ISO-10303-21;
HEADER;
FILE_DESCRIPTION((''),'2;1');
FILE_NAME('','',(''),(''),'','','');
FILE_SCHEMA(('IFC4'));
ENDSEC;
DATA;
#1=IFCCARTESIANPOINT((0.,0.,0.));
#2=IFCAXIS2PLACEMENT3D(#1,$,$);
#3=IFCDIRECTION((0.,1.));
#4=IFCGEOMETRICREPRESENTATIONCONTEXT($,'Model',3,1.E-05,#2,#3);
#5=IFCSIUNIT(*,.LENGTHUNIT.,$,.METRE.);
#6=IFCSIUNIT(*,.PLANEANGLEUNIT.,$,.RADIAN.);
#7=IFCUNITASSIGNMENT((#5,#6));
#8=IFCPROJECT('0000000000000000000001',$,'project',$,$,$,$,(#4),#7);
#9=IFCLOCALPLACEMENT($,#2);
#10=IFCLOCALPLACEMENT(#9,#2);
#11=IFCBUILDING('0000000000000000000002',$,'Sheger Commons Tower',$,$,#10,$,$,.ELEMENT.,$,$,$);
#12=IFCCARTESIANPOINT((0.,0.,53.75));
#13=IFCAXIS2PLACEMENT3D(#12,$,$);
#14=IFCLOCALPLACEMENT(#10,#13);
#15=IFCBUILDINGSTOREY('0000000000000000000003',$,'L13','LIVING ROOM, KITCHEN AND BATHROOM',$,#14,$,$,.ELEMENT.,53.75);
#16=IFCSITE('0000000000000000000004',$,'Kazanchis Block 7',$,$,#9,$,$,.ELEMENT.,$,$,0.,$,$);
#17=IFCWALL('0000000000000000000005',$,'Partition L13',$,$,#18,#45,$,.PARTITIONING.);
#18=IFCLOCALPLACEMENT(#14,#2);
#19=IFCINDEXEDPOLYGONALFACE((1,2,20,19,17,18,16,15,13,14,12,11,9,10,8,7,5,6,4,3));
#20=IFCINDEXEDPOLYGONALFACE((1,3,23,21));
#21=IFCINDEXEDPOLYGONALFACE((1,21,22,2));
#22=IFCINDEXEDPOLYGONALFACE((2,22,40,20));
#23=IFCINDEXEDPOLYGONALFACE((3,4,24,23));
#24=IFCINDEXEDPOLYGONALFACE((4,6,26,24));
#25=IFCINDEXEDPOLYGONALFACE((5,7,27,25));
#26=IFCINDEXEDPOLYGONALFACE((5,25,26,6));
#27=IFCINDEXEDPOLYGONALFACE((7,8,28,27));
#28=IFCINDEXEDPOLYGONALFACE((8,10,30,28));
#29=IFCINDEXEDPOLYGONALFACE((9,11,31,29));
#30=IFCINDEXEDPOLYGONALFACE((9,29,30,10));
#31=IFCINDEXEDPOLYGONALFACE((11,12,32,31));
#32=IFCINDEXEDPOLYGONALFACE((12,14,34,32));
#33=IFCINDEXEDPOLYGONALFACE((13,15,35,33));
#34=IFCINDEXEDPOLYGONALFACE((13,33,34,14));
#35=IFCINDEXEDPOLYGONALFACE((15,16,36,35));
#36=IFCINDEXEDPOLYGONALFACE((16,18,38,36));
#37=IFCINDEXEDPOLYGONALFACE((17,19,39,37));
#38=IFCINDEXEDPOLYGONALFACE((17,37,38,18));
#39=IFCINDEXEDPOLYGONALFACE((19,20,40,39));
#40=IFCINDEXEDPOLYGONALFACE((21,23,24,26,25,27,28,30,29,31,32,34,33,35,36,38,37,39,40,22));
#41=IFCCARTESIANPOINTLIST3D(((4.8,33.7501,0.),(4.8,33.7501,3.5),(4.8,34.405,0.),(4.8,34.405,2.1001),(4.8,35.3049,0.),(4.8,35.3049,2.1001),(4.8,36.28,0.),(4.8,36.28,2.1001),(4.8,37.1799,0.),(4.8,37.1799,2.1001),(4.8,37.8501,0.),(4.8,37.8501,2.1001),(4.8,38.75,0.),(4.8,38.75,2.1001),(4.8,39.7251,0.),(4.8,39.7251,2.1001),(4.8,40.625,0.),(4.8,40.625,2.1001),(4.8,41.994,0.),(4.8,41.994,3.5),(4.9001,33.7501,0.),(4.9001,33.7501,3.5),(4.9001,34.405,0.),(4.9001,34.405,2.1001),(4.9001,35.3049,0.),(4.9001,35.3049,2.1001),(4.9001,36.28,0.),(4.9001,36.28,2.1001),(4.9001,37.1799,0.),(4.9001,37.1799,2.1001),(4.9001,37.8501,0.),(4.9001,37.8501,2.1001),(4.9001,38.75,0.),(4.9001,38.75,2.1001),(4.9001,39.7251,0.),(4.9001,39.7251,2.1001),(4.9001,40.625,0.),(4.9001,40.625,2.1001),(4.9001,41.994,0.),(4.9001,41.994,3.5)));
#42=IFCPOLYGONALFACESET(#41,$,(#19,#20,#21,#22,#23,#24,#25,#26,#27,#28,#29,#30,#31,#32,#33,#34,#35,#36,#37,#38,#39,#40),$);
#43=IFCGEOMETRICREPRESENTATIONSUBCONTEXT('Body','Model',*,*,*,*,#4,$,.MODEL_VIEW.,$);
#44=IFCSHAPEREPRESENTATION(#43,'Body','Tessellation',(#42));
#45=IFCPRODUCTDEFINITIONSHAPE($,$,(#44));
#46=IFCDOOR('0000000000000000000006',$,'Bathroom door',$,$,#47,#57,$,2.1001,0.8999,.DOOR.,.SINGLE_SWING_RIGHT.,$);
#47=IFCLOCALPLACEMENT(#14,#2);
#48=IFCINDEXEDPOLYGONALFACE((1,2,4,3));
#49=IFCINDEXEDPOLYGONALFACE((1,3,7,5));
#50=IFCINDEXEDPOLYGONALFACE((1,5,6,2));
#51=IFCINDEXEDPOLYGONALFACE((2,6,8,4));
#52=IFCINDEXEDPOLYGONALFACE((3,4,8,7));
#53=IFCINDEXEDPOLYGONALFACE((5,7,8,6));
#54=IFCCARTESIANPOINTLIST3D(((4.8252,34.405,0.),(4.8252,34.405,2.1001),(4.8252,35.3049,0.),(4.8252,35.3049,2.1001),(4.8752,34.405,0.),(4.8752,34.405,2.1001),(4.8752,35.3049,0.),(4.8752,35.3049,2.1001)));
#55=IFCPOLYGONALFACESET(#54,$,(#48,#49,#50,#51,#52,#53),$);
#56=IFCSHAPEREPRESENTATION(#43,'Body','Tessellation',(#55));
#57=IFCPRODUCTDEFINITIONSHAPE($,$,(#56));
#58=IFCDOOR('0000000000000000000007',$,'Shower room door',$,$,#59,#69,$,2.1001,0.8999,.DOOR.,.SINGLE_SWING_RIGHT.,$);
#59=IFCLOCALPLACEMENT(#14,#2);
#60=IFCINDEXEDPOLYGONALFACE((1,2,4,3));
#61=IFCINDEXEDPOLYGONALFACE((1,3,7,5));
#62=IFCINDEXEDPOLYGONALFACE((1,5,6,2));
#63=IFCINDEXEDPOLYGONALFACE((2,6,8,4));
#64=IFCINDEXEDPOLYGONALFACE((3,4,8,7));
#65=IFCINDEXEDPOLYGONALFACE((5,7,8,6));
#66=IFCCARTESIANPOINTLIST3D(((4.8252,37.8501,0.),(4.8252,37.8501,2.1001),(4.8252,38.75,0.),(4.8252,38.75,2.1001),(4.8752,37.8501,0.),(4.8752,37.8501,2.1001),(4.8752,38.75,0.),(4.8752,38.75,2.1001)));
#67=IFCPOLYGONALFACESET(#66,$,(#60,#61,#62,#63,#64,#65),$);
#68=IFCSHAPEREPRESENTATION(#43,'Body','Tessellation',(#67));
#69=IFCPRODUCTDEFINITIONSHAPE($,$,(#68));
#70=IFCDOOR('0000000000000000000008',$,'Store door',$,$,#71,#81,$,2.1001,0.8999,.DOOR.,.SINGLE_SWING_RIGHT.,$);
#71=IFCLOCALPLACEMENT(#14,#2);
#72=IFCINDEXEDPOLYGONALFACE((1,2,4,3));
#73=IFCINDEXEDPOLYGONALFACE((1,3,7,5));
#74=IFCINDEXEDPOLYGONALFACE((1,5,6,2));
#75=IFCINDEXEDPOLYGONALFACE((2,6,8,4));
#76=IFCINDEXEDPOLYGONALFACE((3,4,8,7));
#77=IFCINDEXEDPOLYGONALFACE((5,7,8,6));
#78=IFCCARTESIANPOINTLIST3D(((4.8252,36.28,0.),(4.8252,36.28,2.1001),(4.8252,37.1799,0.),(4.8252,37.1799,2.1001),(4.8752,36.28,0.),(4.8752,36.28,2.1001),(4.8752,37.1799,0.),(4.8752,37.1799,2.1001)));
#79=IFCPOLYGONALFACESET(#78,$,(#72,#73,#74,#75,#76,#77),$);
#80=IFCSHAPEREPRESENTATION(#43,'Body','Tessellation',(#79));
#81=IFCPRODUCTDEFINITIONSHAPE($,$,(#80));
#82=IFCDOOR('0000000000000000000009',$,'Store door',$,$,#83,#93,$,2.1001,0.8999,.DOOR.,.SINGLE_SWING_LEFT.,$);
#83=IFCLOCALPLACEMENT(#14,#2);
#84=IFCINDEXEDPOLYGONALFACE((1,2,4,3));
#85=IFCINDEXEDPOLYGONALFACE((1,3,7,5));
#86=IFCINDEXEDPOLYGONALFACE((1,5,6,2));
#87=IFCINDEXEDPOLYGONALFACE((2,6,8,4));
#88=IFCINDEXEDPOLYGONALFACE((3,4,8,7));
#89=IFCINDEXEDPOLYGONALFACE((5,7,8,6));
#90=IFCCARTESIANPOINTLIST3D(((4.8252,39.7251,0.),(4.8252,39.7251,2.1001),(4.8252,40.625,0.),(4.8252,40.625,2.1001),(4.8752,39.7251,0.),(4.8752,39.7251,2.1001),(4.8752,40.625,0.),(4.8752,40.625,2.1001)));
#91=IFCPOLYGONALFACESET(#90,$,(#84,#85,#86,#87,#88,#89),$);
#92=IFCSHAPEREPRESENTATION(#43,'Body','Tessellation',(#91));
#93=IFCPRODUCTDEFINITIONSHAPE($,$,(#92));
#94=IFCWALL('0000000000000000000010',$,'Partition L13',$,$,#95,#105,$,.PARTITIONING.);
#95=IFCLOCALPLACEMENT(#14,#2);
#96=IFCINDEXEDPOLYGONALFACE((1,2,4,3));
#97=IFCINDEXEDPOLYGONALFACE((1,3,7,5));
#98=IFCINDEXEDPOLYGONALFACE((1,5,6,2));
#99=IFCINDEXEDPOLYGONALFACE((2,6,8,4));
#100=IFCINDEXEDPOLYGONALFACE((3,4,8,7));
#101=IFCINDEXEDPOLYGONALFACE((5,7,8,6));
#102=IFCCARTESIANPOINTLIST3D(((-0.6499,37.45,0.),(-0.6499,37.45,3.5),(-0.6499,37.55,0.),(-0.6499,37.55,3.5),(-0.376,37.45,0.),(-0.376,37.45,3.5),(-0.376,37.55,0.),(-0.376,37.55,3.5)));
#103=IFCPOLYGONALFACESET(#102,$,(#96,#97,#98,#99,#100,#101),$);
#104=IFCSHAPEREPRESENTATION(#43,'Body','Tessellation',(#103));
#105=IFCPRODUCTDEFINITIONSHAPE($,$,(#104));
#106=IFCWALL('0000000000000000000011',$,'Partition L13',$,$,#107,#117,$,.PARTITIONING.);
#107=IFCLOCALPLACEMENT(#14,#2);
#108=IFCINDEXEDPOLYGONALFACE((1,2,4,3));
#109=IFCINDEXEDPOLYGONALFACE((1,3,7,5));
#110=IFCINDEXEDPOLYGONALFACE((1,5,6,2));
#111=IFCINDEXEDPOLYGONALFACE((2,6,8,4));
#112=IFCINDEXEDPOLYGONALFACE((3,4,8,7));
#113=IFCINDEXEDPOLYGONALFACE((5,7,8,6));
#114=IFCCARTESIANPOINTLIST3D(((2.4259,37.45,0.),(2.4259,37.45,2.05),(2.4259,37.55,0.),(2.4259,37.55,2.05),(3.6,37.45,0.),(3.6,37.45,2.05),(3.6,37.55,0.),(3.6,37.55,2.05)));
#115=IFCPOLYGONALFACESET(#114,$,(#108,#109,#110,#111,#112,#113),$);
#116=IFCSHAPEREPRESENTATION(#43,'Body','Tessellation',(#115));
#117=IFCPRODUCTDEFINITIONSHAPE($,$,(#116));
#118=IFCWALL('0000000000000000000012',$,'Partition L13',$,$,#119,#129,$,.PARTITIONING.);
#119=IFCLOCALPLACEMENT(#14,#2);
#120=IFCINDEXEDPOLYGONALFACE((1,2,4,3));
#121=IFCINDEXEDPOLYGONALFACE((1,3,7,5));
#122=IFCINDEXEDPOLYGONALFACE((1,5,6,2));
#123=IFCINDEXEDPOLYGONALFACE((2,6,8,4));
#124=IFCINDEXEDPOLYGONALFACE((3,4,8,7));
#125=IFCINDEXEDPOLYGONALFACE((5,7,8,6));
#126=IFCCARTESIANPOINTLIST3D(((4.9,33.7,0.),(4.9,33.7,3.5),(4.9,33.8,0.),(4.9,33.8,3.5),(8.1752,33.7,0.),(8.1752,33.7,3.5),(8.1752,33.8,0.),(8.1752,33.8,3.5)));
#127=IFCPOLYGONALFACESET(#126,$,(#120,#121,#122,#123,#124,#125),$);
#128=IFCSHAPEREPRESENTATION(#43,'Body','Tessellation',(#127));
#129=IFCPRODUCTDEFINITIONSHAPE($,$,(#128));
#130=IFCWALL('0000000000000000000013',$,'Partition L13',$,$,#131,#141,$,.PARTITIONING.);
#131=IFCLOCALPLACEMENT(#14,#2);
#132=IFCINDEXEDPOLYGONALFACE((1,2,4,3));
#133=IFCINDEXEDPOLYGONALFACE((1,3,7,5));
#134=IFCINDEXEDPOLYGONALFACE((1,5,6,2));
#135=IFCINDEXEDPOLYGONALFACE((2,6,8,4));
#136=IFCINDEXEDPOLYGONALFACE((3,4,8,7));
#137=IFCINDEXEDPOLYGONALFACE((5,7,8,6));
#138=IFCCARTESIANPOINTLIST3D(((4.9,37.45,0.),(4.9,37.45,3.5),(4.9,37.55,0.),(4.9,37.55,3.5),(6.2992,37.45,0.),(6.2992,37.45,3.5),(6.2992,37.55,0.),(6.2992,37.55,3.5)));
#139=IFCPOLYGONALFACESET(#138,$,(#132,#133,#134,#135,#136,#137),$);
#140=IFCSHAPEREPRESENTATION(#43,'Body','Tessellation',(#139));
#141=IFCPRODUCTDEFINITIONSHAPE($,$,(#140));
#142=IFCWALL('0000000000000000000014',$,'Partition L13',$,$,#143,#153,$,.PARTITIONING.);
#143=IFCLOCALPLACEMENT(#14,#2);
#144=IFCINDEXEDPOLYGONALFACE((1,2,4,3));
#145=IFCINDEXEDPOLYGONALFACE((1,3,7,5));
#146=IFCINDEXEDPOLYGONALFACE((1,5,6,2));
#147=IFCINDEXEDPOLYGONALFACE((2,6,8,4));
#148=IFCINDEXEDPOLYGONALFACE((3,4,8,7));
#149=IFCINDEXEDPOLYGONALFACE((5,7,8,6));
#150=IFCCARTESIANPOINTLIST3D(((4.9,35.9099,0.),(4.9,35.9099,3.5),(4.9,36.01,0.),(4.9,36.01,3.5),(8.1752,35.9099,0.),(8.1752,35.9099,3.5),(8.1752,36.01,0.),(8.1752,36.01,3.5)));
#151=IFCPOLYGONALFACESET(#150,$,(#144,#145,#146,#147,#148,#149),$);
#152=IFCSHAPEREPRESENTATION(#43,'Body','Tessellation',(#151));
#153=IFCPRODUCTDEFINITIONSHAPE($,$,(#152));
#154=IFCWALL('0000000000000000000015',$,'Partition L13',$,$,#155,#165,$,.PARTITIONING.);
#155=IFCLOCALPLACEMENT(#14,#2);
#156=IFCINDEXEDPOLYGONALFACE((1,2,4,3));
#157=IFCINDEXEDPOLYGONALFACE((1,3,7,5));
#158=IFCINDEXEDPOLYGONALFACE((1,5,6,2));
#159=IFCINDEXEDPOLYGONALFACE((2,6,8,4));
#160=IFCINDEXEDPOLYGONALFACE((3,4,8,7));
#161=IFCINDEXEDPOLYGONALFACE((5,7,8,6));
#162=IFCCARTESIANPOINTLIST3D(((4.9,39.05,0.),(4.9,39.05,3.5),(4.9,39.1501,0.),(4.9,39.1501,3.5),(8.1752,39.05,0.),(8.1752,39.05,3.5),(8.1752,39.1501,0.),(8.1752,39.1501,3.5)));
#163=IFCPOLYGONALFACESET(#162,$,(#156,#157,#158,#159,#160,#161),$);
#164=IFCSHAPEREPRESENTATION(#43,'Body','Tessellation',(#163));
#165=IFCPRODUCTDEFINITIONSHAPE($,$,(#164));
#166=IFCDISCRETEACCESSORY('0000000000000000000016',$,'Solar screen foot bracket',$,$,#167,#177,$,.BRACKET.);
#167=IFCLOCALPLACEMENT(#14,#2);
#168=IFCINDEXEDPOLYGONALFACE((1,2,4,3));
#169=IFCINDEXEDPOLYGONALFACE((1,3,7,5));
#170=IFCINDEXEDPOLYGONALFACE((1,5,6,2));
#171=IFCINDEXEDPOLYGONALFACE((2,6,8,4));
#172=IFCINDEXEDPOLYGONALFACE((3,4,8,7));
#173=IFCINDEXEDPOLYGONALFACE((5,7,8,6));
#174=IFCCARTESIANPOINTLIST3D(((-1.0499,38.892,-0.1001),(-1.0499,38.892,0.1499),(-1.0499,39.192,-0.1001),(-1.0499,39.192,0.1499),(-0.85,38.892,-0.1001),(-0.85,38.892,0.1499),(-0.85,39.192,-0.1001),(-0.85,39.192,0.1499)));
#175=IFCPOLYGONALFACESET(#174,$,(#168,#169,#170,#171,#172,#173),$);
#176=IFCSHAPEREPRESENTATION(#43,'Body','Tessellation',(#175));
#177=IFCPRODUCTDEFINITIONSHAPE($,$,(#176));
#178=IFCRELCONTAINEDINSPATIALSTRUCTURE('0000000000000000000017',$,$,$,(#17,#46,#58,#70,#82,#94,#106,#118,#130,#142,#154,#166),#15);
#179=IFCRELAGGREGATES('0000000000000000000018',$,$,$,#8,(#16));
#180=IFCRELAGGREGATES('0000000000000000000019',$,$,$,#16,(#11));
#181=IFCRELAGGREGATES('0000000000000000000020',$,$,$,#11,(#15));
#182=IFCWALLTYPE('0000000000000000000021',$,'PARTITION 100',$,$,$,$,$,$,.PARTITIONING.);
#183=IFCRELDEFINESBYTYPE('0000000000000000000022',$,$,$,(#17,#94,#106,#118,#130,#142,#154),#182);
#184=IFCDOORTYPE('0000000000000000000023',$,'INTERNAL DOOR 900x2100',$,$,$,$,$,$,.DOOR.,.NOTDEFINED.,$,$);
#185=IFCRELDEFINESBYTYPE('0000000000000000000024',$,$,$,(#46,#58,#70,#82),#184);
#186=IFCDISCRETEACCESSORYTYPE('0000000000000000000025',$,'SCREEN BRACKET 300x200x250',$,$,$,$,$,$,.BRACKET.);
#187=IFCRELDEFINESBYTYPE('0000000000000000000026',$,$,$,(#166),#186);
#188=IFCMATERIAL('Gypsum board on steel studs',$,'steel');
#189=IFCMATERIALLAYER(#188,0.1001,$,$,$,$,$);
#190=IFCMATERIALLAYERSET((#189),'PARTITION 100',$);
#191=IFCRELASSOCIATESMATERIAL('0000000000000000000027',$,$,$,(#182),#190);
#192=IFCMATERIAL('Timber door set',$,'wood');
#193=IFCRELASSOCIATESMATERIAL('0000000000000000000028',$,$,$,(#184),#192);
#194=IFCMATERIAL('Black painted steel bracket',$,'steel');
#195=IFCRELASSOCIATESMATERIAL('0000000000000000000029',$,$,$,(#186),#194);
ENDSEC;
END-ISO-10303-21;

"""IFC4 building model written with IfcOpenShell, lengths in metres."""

from ifc_helpers import new_model, si_unit, direction, frame, frame_2d, origin, origin_2d, place, context, subcontext, project, spatial, rectangle, extrude, material, layer, layer_set, type_object, element, fill, save


model = new_model("IFC4")

# Units and contexts
model_context = context("Model", 3, precision=1e-05, world=origin(), true_north=direction((0.0, 1.0)))
body_context = subcontext(model_context, "Body", "Model", "MODEL_VIEW")
ifc_project = project(units=[si_unit("LENGTHUNIT", "METRE"), si_unit("PLANEANGLEUNIT", "RADIAN")], contexts=[model_context])

# Site, building, storey
site_placement = place(None, origin())
site = spatial("IfcSite", under=ifc_project, at=site_placement, Name="Kazanchis Block 7", CompositionType="ELEMENT", RefElevation=0.0)
building_placement = place(site_placement, origin())
building = spatial("IfcBuilding", under=site, at=building_placement, Name="Sheger Commons Tower", CompositionType="ELEMENT")
storey_placement = place(building_placement, frame((0.0, 0.0, 53.75)))
storey = spatial("IfcBuildingStorey", under=building, at=storey_placement, Name="L13", Description="LIVING ROOM, KITCHEN AND BATHROOM", CompositionType="ELEMENT", Elevation=53.75)

# Wall, openings, doors
ifc_material_1 = material(Name="Gypsum board on steel studs", Category="steel")
ifc_layer_1 = layer(ifc_material_1, 0.1001)
ifc_layer_set_1 = layer_set([ifc_layer_1], Name="PARTITION 100")
wall_type = type_object("IfcWallType", Name="PARTITION 100", PredefinedType="PARTITIONING", material=ifc_layer_set_1)
ifc_material_2 = material(Name="Timber door set", Category="wood")
door_type = type_object("IfcDoorType", Name="INTERNAL DOOR 900x2100", OperationType="NOTDEFINED", PredefinedType="DOOR", material=ifc_material_2)
wall_1_placement = place(storey_placement, frame((4.8501, 33.75, 0.0), z_axis=(0.0, 0.0, 1.0), x_axis=(0.0, 1.0, 0.0)))
wall_1 = element("IfcWall", 1, at=wall_1_placement, inside=storey, type_object=wall_type, Name="Partition L13", PredefinedType="PARTITIONING", context=body_context, shape_type="SweptSolid", body=[
    extrude(rectangle(XDim=8.2439, YDim=0.1001, at=frame_2d((4.1221, 0.0))), origin(), (0.0, 0.0, 1.0), 3.5),
])
opening_1_placement = place(wall_1_placement, frame((0.655, 0.0, 0.0)))
opening_1 = element("IfcOpeningElement", 2, at=opening_1_placement, cuts=wall_1, PredefinedType="OPENING", context=body_context, shape_type="SweptSolid", body=[
    extrude(rectangle(XDim=0.8999, YDim=2.1001, at=frame_2d((0.45, 1.05))), frame((0.0, 0.0601, 0.0), z_axis=(0.0, -1.0, 0.0), x_axis=(1.0, 0.0, 0.0)), (0.0, 0.0, 1.0), 0.1201),
])
opening_2_placement = place(wall_1_placement, frame((4.1001, 0.0, 0.0)))
opening_2 = element("IfcOpeningElement", 3, at=opening_2_placement, cuts=wall_1, PredefinedType="OPENING", context=body_context, shape_type="SweptSolid", body=[
    extrude(rectangle(XDim=0.8999, YDim=2.1001, at=frame_2d((0.45, 1.05))), frame((0.0, 0.0601, 0.0), z_axis=(0.0, -1.0, 0.0), x_axis=(1.0, 0.0, 0.0)), (0.0, 0.0, 1.0), 0.1201),
])
opening_3_placement = place(wall_1_placement, frame((2.53, 0.0, 0.0)))
opening_3 = element("IfcOpeningElement", 4, at=opening_3_placement, cuts=wall_1, PredefinedType="OPENING", context=body_context, shape_type="SweptSolid", body=[
    extrude(rectangle(XDim=0.8999, YDim=2.1001, at=frame_2d((0.45, 1.05))), frame((0.0, 0.0601, 0.0), z_axis=(0.0, -1.0, 0.0), x_axis=(1.0, 0.0, 0.0)), (0.0, 0.0, 1.0), 0.1201),
])
opening_4_placement = place(wall_1_placement, frame((5.9751, 0.0, 0.0)))
opening_4 = element("IfcOpeningElement", 5, at=opening_4_placement, cuts=wall_1, PredefinedType="OPENING", context=body_context, shape_type="SweptSolid", body=[
    extrude(rectangle(XDim=0.8999, YDim=2.1001, at=frame_2d((0.45, 1.05))), frame((0.0, 0.0601, 0.0), z_axis=(0.0, -1.0, 0.0), x_axis=(1.0, 0.0, 0.0)), (0.0, 0.0, 1.0), 0.1201),
])
door_1_placement = place(opening_1_placement, origin())
door_1 = element("IfcDoor", 6, at=door_1_placement, inside=storey, type_object=door_type, Name="Bathroom door", OperationType="SINGLE_SWING_RIGHT", OverallHeight=2.1001, OverallWidth=0.8999, PredefinedType="DOOR", context=body_context, shape_type="SweptSolid", body=[
    extrude(rectangle(XDim=0.8999, YDim=2.1001, at=frame_2d((0.45, 1.05))), frame((0.0, 0.0249, 0.0), z_axis=(0.0, -1.0, 0.0), x_axis=(1.0, 0.0, 0.0)), (0.0, 0.0, 1.0), 0.05),
])
fill(opening_1, door_1)
door_2_placement = place(opening_2_placement, origin())
door_2 = element("IfcDoor", 7, at=door_2_placement, inside=storey, type_object=door_type, Name="Shower room door", OperationType="SINGLE_SWING_RIGHT", OverallHeight=2.1001, OverallWidth=0.8999, PredefinedType="DOOR", context=body_context, shape_type="SweptSolid", body=[
    extrude(rectangle(XDim=0.8999, YDim=2.1001, at=frame_2d((0.45, 1.05))), frame((0.0, 0.0249, 0.0), z_axis=(0.0, -1.0, 0.0), x_axis=(1.0, 0.0, 0.0)), (0.0, 0.0, 1.0), 0.05),
])
fill(opening_2, door_2)
door_3_placement = place(opening_3_placement, origin())
door_3 = element("IfcDoor", 8, at=door_3_placement, inside=storey, type_object=door_type, Name="Store door", OperationType="SINGLE_SWING_RIGHT", OverallHeight=2.1001, OverallWidth=0.8999, PredefinedType="DOOR", context=body_context, shape_type="SweptSolid", body=[
    extrude(rectangle(XDim=0.8999, YDim=2.1001, at=frame_2d((0.45, 1.05))), frame((0.0, 0.0249, 0.0), z_axis=(0.0, -1.0, 0.0), x_axis=(1.0, 0.0, 0.0)), (0.0, 0.0, 1.0), 0.05),
])
fill(opening_3, door_3)
door_4_placement = place(opening_4_placement, origin())
door_4 = element("IfcDoor", 9, at=door_4_placement, inside=storey, type_object=door_type, Name="Store door", OperationType="SINGLE_SWING_LEFT", OverallHeight=2.1001, OverallWidth=0.8999, PredefinedType="DOOR", context=body_context, shape_type="SweptSolid", body=[
    extrude(rectangle(XDim=0.8999, YDim=2.1001, at=frame_2d((0.45, 1.05))), frame((0.0, 0.0249, 0.0), z_axis=(0.0, -1.0, 0.0), x_axis=(1.0, 0.0, 0.0)), (0.0, 0.0, 1.0), 0.05),
])
fill(opening_4, door_4)

# Walls
wall_2_placement = place(storey_placement, frame((-0.6499, 37.5, 0.0), z_axis=(0.0, 0.0, 1.0), x_axis=(1.0, 0.0, 0.0)))
element("IfcWall", 10, at=wall_2_placement, inside=storey, type_object=wall_type, Name="Partition L13", PredefinedType="PARTITIONING", context=body_context, shape_type="SweptSolid", body=[
    extrude(rectangle(XDim=0.2739, YDim=0.1001, at=frame_2d((0.137, 0.0))), origin(), (0.0, 0.0, 1.0), 3.5),
])
wall_3_placement = place(storey_placement, frame((2.426, 37.5, 0.0), z_axis=(0.0, 0.0, 1.0), x_axis=(1.0, 0.0, 0.0)))
element("IfcWall", 11, at=wall_3_placement, inside=storey, type_object=wall_type, Name="Partition L13", PredefinedType="PARTITIONING", context=body_context, shape_type="SweptSolid", body=[
    extrude(rectangle(XDim=1.1741, YDim=0.1001, at=frame_2d((0.5869, 0.0))), origin(), (0.0, 0.0, 1.0), 2.05),
])
wall_4_placement = place(storey_placement, frame((4.8999, 33.75, 0.0), z_axis=(0.0, 0.0, 1.0), x_axis=(1.0, 0.0, 0.0)))
element("IfcWall", 12, at=wall_4_placement, inside=storey, type_object=wall_type, Name="Partition L13", PredefinedType="PARTITIONING", context=body_context, shape_type="SweptSolid", body=[
    extrude(rectangle(XDim=3.2751, YDim=0.1001, at=frame_2d((1.6377, 0.0))), origin(), (0.0, 0.0, 1.0), 3.5),
])
wall_5_placement = place(storey_placement, frame((4.8999, 37.5, 0.0), z_axis=(0.0, 0.0, 1.0), x_axis=(1.0, 0.0, 0.0)))
element("IfcWall", 13, at=wall_5_placement, inside=storey, type_object=wall_type, Name="Partition L13", PredefinedType="PARTITIONING", context=body_context, shape_type="SweptSolid", body=[
    extrude(rectangle(XDim=1.3992, YDim=0.1001, at=frame_2d((0.6997, 0.0))), origin(), (0.0, 0.0, 1.0), 3.5),
])
for number, where, z_axis, x_axis, name in (
    (14, (4.8999, 35.96, 0.0), (0.0, 0.0, 1.0), (1.0, 0.0, 0.0), "Partition L13"),
    (15, (4.8999, 39.1001, 0.0), (0.0, 0.0, 1.0), (1.0, 0.0, 0.0), "Partition L13"),
):
    element("IfcWall", number, at=place(storey_placement, frame(where, z_axis=z_axis, x_axis=x_axis)), inside=storey, type_object=wall_type, Name=name, PredefinedType="PARTITIONING", context=body_context, shape_type="SweptSolid", body=[
        extrude(rectangle(XDim=3.2751, YDim=0.1001, at=frame_2d((1.6377, 0.0))), origin(), (0.0, 0.0, 1.0), 3.5),
    ])

# Discrete accessory
ifc_material_3 = material(Name="Black painted steel bracket", Category="steel")
discrete_accessory_type = type_object("IfcDiscreteAccessoryType", Name="SCREEN BRACKET 300x200x250", PredefinedType="BRACKET", material=ifc_material_3)
for number, where, z_axis, x_axis, name in (
    (16, (-0.95, 39.042, -0.1001), (0.0, 0.0, 1.0), (0.0, -1.0, 0.0), "Solar screen foot bracket"),
):
    element("IfcDiscreteAccessory", number, at=place(storey_placement, frame(where, z_axis=z_axis, x_axis=x_axis)), inside=storey, type_object=discrete_accessory_type, Name=name, PredefinedType="BRACKET", context=body_context, shape_type="SweptSolid", body=[
        extrude(rectangle(XDim=0.3, YDim=0.2, at=origin_2d()), origin(), (0.0, 0.0, 1.0), 0.25),
    ])

save(model, "model.ifc")
